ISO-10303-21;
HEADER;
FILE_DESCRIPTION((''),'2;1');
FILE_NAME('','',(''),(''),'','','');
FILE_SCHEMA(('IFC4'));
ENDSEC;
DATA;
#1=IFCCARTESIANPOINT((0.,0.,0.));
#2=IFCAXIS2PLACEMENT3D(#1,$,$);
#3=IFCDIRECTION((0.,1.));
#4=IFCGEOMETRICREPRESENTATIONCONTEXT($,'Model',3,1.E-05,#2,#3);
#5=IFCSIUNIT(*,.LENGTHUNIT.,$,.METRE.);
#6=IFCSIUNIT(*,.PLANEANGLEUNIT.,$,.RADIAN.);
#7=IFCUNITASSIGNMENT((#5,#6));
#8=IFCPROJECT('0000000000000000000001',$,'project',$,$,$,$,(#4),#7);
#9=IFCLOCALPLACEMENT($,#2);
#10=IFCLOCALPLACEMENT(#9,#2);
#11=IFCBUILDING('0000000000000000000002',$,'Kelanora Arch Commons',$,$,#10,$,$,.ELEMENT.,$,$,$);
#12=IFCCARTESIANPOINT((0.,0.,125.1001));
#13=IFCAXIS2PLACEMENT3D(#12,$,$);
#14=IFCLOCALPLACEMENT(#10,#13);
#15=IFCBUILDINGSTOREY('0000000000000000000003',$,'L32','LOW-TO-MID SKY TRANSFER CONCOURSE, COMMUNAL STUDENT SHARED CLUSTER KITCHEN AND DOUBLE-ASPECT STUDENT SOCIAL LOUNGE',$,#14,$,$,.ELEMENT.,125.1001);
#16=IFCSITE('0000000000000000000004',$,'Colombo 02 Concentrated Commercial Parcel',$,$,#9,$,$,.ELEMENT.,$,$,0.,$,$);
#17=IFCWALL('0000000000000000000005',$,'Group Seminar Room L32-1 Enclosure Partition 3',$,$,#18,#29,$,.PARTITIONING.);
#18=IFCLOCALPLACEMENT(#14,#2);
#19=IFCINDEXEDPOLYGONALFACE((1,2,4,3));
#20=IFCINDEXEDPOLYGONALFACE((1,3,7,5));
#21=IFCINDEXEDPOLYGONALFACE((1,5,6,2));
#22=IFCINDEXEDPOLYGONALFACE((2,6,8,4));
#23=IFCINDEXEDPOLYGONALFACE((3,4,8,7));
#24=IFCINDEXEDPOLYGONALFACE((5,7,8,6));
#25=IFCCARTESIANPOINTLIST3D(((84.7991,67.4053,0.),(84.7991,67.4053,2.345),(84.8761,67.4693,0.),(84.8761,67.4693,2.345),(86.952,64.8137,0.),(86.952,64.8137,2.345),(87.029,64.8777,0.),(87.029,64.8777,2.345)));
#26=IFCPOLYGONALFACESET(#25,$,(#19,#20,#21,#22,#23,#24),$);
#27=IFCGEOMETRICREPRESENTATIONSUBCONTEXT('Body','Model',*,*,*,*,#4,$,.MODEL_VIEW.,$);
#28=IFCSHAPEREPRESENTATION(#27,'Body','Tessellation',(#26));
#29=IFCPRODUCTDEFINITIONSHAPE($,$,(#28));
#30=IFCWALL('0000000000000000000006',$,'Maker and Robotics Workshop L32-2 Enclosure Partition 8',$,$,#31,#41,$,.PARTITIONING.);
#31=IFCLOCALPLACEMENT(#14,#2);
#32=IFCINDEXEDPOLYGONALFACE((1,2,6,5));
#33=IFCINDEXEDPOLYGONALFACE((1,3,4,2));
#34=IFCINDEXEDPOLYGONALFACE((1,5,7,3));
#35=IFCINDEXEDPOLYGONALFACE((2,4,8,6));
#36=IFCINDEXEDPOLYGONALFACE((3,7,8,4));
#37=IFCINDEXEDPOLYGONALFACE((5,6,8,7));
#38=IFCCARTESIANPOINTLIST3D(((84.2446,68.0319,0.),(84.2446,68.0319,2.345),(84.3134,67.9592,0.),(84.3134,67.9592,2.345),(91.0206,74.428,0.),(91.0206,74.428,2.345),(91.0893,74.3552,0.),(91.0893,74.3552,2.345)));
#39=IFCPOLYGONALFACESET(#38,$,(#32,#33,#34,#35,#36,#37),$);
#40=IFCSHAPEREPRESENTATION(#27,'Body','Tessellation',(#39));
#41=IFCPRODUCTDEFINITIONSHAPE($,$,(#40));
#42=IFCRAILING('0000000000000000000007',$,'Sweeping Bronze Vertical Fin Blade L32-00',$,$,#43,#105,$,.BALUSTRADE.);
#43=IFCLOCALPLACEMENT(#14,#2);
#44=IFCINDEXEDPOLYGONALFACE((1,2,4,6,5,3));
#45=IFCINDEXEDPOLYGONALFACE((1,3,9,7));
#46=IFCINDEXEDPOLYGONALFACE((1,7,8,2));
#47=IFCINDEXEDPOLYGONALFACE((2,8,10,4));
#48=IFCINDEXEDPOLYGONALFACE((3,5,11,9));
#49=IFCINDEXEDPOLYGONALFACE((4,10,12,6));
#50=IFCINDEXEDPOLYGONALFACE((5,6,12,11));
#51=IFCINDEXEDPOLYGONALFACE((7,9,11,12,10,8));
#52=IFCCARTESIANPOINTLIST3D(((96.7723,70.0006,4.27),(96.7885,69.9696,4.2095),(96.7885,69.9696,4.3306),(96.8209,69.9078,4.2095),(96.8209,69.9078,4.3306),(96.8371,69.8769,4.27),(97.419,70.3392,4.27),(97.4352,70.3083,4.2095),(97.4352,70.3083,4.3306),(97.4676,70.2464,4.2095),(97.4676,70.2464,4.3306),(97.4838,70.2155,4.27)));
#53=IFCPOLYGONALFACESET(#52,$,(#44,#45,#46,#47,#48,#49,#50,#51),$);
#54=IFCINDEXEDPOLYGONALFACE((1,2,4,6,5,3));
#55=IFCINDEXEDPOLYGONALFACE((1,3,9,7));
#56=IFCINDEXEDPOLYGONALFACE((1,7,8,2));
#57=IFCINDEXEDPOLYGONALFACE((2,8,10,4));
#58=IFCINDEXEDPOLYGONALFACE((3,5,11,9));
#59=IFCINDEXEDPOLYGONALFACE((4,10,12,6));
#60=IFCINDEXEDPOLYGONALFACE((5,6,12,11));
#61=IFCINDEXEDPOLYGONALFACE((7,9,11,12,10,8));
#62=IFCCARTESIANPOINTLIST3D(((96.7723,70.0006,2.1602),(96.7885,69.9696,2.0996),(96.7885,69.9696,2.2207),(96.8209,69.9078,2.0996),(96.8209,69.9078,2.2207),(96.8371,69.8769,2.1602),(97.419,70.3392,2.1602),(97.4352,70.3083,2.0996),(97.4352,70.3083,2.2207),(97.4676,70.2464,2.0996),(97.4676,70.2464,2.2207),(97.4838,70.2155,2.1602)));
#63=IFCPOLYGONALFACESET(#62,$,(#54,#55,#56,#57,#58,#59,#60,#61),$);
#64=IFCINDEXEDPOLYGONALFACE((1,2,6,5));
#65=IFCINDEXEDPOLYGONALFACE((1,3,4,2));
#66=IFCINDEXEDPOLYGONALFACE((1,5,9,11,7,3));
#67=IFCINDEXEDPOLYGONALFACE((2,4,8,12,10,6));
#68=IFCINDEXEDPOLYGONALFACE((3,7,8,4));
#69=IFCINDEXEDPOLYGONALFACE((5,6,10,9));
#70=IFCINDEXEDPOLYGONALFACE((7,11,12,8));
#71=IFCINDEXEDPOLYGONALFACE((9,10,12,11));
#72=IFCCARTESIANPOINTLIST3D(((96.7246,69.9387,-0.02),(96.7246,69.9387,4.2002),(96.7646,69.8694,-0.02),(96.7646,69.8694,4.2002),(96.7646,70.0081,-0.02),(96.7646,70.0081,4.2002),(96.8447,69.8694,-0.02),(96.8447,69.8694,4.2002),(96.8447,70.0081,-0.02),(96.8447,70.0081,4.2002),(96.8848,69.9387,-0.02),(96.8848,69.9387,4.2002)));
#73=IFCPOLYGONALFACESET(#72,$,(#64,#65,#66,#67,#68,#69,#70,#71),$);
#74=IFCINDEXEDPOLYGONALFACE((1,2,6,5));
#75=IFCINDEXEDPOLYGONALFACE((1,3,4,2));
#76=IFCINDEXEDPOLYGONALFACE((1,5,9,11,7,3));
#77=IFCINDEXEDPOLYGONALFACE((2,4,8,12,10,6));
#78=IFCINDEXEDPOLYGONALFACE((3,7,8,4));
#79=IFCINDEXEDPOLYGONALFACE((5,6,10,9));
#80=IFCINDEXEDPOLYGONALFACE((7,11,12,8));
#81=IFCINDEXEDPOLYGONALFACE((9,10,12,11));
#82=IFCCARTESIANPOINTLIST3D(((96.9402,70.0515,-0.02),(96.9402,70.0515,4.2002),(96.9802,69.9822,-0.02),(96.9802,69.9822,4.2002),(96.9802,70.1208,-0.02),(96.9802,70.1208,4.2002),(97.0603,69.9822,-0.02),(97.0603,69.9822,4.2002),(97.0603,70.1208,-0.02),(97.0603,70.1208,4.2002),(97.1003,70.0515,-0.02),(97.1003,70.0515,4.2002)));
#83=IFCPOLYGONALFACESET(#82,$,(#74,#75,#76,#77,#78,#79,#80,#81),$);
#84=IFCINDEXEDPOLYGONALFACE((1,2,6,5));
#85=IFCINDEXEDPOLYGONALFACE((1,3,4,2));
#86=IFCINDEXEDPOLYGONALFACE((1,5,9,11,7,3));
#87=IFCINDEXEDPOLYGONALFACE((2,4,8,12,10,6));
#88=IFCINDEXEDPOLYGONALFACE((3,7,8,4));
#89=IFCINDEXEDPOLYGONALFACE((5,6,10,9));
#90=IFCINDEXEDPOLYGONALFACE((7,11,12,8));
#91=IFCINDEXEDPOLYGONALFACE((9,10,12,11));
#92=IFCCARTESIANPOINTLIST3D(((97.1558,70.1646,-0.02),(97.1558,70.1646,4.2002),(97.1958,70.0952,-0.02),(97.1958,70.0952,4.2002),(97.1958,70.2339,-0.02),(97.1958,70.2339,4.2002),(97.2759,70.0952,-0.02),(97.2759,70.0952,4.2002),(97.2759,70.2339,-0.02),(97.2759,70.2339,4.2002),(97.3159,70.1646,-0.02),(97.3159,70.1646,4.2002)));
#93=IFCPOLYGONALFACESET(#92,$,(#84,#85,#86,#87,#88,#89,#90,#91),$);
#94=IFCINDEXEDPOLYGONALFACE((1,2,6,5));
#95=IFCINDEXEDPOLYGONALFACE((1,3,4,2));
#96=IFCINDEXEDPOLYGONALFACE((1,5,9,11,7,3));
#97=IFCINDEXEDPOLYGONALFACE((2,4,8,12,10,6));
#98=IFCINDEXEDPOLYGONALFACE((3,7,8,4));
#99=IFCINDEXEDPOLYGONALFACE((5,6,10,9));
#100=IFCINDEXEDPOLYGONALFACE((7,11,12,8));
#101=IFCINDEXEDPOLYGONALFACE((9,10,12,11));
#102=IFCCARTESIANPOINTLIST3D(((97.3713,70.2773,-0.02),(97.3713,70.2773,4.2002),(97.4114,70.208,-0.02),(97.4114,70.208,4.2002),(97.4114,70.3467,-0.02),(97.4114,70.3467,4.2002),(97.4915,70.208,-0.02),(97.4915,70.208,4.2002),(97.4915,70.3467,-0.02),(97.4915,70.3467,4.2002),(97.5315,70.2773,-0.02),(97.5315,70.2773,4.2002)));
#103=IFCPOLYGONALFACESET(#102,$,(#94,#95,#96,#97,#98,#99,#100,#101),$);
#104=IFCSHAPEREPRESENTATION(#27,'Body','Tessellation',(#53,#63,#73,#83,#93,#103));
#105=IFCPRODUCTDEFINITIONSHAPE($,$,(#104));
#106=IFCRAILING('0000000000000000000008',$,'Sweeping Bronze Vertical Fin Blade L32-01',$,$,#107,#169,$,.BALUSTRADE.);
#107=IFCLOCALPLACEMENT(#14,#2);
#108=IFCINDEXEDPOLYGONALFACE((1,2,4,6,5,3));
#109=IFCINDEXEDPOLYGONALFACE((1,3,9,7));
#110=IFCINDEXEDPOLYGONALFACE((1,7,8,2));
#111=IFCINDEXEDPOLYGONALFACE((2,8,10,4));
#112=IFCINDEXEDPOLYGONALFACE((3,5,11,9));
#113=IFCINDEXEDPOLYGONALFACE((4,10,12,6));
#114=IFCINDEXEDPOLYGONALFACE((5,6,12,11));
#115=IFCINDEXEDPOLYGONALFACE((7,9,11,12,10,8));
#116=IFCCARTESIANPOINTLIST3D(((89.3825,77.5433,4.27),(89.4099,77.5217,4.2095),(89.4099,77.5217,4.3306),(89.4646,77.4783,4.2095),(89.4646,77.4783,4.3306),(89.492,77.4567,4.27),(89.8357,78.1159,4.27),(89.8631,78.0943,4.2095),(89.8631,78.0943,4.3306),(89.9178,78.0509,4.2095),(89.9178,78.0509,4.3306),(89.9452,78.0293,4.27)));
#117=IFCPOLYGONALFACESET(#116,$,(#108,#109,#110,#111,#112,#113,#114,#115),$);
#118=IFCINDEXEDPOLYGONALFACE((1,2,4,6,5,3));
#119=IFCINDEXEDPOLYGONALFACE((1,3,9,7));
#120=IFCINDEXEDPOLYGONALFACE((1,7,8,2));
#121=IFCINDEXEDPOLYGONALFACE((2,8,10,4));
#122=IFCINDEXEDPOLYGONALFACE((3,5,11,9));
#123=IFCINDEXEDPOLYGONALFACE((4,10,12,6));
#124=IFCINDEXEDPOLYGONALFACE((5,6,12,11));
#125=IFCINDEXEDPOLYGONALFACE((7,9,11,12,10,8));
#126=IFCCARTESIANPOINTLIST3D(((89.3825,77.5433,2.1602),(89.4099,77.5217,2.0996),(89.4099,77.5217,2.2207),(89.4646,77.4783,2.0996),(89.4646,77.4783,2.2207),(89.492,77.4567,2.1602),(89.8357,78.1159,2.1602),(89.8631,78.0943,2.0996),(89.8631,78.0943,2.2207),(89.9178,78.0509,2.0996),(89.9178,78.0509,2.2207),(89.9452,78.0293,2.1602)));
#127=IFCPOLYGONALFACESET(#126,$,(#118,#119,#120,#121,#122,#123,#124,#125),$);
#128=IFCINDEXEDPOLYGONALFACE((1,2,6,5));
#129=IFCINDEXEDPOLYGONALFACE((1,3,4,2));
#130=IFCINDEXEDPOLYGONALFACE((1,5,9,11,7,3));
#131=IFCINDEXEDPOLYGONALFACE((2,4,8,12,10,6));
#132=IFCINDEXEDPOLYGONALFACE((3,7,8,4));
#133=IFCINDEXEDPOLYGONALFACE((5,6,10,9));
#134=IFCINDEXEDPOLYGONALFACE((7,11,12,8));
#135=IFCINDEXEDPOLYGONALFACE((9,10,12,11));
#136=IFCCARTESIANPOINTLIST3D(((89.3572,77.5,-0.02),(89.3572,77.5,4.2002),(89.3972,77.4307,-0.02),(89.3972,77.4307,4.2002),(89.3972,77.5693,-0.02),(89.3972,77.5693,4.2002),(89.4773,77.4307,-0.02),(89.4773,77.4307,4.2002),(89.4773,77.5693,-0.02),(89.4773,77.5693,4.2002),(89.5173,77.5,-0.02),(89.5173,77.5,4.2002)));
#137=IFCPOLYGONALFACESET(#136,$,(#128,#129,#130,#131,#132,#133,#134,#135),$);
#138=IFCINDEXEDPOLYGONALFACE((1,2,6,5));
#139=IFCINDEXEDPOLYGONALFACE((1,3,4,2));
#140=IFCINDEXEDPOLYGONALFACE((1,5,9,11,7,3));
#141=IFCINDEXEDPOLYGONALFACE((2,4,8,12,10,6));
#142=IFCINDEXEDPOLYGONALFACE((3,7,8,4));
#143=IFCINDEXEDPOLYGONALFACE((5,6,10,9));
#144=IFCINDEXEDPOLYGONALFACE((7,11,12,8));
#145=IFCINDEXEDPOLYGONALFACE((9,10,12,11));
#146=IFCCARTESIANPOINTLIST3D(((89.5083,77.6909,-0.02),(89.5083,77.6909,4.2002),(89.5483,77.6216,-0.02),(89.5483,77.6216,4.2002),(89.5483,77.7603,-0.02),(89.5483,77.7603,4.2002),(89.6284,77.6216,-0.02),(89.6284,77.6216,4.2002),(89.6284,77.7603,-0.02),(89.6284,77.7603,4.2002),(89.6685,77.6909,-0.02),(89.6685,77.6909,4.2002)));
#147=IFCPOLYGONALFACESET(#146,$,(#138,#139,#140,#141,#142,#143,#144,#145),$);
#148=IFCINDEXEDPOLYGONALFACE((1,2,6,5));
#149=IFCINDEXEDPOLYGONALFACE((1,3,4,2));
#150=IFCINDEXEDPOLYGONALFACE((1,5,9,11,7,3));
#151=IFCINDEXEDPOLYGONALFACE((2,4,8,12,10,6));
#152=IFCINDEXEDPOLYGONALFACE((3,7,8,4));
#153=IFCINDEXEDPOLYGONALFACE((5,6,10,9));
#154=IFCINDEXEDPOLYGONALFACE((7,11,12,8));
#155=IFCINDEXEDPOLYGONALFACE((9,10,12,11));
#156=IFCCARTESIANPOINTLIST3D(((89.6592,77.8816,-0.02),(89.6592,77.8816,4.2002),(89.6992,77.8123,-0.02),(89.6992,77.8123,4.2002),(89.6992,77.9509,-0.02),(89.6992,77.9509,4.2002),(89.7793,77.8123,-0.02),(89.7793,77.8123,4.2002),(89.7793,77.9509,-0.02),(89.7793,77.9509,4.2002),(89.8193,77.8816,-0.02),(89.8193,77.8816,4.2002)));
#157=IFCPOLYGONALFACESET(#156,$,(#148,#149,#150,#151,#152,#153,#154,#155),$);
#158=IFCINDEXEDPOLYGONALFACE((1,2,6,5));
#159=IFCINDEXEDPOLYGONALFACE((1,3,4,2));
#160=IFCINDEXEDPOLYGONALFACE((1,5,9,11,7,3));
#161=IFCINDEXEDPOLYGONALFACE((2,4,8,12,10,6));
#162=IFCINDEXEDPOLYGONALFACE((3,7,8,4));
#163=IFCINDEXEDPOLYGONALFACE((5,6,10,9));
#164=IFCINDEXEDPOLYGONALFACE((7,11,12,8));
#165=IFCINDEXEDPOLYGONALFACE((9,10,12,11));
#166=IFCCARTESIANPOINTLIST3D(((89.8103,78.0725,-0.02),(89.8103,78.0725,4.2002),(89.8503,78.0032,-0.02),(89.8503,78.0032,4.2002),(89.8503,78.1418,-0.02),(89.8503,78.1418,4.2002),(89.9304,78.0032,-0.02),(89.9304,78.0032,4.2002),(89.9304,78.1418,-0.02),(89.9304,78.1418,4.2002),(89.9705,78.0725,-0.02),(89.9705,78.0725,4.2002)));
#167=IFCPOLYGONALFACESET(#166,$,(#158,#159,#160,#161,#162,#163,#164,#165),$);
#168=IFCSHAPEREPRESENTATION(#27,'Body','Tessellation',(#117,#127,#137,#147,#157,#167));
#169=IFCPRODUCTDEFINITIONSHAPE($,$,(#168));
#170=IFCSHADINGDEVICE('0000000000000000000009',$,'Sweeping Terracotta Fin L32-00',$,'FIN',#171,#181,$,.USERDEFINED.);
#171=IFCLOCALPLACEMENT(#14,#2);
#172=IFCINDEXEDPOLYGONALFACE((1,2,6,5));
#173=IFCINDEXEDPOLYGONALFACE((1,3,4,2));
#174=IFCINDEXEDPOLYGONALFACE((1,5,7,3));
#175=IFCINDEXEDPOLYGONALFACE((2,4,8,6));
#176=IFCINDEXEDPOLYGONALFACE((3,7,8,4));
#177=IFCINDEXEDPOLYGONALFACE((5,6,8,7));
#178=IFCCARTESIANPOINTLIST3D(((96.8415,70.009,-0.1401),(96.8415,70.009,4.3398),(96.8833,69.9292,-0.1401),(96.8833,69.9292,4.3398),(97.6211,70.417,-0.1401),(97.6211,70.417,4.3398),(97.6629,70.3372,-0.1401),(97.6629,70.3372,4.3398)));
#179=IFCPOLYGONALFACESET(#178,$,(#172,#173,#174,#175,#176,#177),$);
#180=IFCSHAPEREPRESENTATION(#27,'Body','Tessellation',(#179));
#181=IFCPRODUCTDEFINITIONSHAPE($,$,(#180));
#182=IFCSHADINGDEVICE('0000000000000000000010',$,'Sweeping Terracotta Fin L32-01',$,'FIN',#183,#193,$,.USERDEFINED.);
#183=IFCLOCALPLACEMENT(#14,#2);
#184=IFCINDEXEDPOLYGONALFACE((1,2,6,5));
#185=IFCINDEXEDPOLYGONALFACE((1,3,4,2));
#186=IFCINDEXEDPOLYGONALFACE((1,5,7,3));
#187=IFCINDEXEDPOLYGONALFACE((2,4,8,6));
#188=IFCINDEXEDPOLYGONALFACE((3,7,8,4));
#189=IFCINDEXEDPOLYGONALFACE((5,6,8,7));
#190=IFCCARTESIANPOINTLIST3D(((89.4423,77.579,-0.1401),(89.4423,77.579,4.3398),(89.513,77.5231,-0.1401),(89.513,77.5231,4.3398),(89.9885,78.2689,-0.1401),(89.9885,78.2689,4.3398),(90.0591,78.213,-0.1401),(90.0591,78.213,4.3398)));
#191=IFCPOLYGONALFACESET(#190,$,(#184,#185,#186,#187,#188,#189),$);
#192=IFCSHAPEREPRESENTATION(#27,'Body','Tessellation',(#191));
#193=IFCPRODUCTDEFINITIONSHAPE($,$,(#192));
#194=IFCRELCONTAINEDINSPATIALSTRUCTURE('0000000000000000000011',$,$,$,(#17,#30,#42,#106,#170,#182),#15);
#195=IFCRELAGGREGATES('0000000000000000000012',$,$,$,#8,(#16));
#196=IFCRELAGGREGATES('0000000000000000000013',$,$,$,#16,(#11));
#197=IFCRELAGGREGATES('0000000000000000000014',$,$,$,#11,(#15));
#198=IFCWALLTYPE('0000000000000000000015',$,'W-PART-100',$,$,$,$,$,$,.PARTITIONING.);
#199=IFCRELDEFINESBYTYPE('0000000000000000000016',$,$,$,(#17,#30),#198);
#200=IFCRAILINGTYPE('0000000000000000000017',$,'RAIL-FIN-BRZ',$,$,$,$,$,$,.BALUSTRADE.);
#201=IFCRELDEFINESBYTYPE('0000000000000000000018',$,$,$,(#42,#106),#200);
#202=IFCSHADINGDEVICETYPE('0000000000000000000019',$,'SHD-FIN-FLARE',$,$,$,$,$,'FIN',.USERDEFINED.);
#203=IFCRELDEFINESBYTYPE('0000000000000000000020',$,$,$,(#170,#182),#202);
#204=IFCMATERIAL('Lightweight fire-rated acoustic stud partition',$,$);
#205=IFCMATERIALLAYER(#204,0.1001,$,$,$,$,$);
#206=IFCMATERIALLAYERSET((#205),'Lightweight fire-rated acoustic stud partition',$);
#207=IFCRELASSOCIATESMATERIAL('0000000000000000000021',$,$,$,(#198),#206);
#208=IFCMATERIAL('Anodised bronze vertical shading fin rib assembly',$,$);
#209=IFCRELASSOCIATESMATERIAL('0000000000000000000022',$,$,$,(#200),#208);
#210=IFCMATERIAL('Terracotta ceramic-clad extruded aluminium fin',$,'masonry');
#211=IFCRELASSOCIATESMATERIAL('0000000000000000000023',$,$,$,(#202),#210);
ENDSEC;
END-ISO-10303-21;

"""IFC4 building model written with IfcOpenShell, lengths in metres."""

from ifc_helpers import new_model, si_unit, direction, frame, frame_2d, origin, origin_2d, place, context, subcontext, project, spatial, polyline, rectangle, outline, extrude, source, transform, mapped, material, layer, layer_set, type_object, element, save


model = new_model("IFC4")

# Units and contexts
model_context = context("Model", 3, precision=1e-05, world=origin(), true_north=direction((0.0, 1.0)))
body_context = subcontext(model_context, "Body", "Model", "MODEL_VIEW")
ifc_project = project(units=[si_unit("LENGTHUNIT", "METRE"), si_unit("PLANEANGLEUNIT", "RADIAN")], contexts=[model_context])

# Site, building, storey
site_placement = place(None, origin())
site = spatial("IfcSite", under=ifc_project, at=site_placement, Name="Colombo 02 Concentrated Commercial Parcel", CompositionType="ELEMENT", RefElevation=0.0)
building_placement = place(site_placement, origin())
building = spatial("IfcBuilding", under=site, at=building_placement, Name="Kelanora Arch Commons", CompositionType="ELEMENT")
storey_placement = place(building_placement, frame((0.0, 0.0, 125.1001)))
storey = spatial("IfcBuildingStorey", under=building, at=storey_placement, Name="L32", Description="LOW-TO-MID SKY TRANSFER CONCOURSE, COMMUNAL STUDENT SHARED CLUSTER KITCHEN AND DOUBLE-ASPECT STUDENT SOCIAL LOUNGE", CompositionType="ELEMENT", Elevation=125.1001)

# Walls
ifc_material_1 = material(Name="Lightweight fire-rated acoustic stud partition")
ifc_layer_1 = layer(ifc_material_1, 0.1001)
ifc_layer_set_1 = layer_set([ifc_layer_1], Name="Lightweight fire-rated acoustic stud partition")
wall_type_1 = type_object("IfcWallType", Name="W-PART-100", PredefinedType="PARTITIONING", material=ifc_layer_set_1)
wall_1_placement = place(storey_placement, frame((86.9905, 64.8457, 0.0), z_axis=(0.0, 0.0, 1.0), x_axis=(-0.638993, 0.769212, 0.0)))
element("IfcWall", 1, at=wall_1_placement, inside=storey, type_object=wall_type_1, Name="Group Seminar Room L32-1 Enclosure Partition 3", PredefinedType="PARTITIONING", context=body_context, shape_type="SweptSolid", body=[
    extrude(rectangle(XDim=3.3691, YDim=0.1001, at=frame_2d((1.6846, 0.0))), origin(), (0.0, 0.0, 1.0), 2.345),
])
wall_2_placement = place(storey_placement, frame((91.0549, 74.3916, 0.0), z_axis=(0.0, 0.0, 1.0), x_axis=(-0.727198, -0.686428, 0.0)))
element("IfcWall", 2, at=wall_2_placement, inside=storey, type_object=wall_type_1, Name="Maker and Robotics Workshop L32-2 Enclosure Partition 8", PredefinedType="PARTITIONING", context=body_context, shape_type="SweptSolid", body=[
    extrude(rectangle(XDim=9.3179, YDim=0.1001, at=frame_2d((4.6589, 0.0))), origin(), (0.0, 0.0, 1.0), 2.345),
])

# Railings
ifc_material_2 = material(Name="Anodised bronze vertical shading fin rib assembly")
railing_type = type_object("IfcRailingType", Name="RAIL-FIN-BRZ", PredefinedType="BALUSTRADE", material=ifc_material_2)
railing_1_placement = place(storey_placement, frame((96.8047, 69.9387, -0.02)))
element("IfcRailing", 3, at=railing_1_placement, inside=storey, type_object=railing_type, Name="Sweeping Bronze Vertical Fin Blade L32-00", PredefinedType="BALUSTRADE", context=body_context, shape_type="SweptSolid", body=[
    extrude(outline(polyline([(0.0698, 0.0), (0.0349, 0.0605), (-0.0349, 0.0605), (-0.0698, 0.0), (-0.0349, -0.0605), (0.0349, -0.0605), (0.0698, 0.0)])), frame((0.0, 0.0, 4.29), z_axis=(0.88591, 0.463857, 0.0), x_axis=(-0.463857, 0.88591, 0.0)), (0.0, 0.0, 1.0), 0.73),
    extrude(outline(polyline([(0.0698, 0.0), (0.0349, 0.0605), (-0.0349, 0.0605), (-0.0698, 0.0), (-0.0349, -0.0605), (0.0349, -0.0605), (0.0698, 0.0)])), frame((0.0, 0.0, 2.1802), z_axis=(0.88591, 0.463857, 0.0), x_axis=(-0.463857, 0.88591, 0.0)), (0.0, 0.0, 1.0), 0.73),
    extrude(outline(polyline([(0.0801, 0.0), (0.04, 0.0693), (-0.04, 0.0693), (-0.0801, 0.0), (-0.04, -0.0693), (0.04, -0.0693), (0.0801, 0.0)])), origin(), (0.0, 0.0, 1.0), 4.2202),
    extrude(outline(polyline([(0.0801, 0.0), (0.04, 0.0693), (-0.04, 0.0693), (-0.0801, 0.0), (-0.04, -0.0693), (0.04, -0.0693), (0.0801, 0.0)])), frame((0.2156, 0.1128, 0.0)), (0.0, 0.0, 1.0), 4.2202),
    extrude(outline(polyline([(0.0801, 0.0), (0.04, 0.0693), (-0.04, 0.0693), (-0.0801, 0.0), (-0.04, -0.0693), (0.04, -0.0693), (0.0801, 0.0)])), frame((0.4312, 0.2258, 0.0)), (0.0, 0.0, 1.0), 4.2202),
    extrude(outline(polyline([(0.0801, 0.0), (0.04, 0.0693), (-0.04, 0.0693), (-0.0801, 0.0), (-0.04, -0.0693), (0.04, -0.0693), (0.0801, 0.0)])), frame((0.6467, 0.3386, 0.0)), (0.0, 0.0, 1.0), 4.2202),
])
railing_2_placement = place(storey_placement, frame((89.4373, 77.5, -0.02)))
element("IfcRailing", 4, at=railing_2_placement, inside=storey, type_object=railing_type, Name="Sweeping Bronze Vertical Fin Blade L32-01", PredefinedType="BALUSTRADE", context=body_context, shape_type="SweptSolid", body=[
    extrude(outline(polyline([(0.0698, 0.0), (0.0349, 0.0605), (-0.0349, 0.0605), (-0.0698, 0.0), (-0.0349, -0.0605), (0.0349, -0.0605), (0.0698, 0.0)])), frame((0.0, 0.0, 4.29), z_axis=(0.620609, 0.78412, 0.0), x_axis=(-0.78412, 0.620609, 0.0)), (0.0, 0.0, 1.0), 0.7302),
    extrude(outline(polyline([(0.0698, 0.0), (0.0349, 0.0605), (-0.0349, 0.0605), (-0.0698, 0.0), (-0.0349, -0.0605), (0.0349, -0.0605), (0.0698, 0.0)])), frame((0.0, 0.0, 2.1802), z_axis=(0.620609, 0.78412, 0.0), x_axis=(-0.78412, 0.620609, 0.0)), (0.0, 0.0, 1.0), 0.7302),
    extrude(outline(polyline([(0.0801, 0.0), (0.04, 0.0693), (-0.04, 0.0693), (-0.0801, 0.0), (-0.04, -0.0693), (0.04, -0.0693), (0.0801, 0.0)])), origin(), (0.0, 0.0, 1.0), 4.2202),
    extrude(outline(polyline([(0.0801, 0.0), (0.04, 0.0693), (-0.04, 0.0693), (-0.0801, 0.0), (-0.04, -0.0693), (0.04, -0.0693), (0.0801, 0.0)])), frame((0.1511, 0.1909, 0.0)), (0.0, 0.0, 1.0), 4.2202),
    extrude(outline(polyline([(0.0801, 0.0), (0.04, 0.0693), (-0.04, 0.0693), (-0.0801, 0.0), (-0.04, -0.0693), (0.04, -0.0693), (0.0801, 0.0)])), frame((0.302, 0.3816, 0.0)), (0.0, 0.0, 1.0), 4.2202),
    extrude(outline(polyline([(0.0801, 0.0), (0.04, 0.0693), (-0.04, 0.0693), (-0.0801, 0.0), (-0.04, -0.0693), (0.04, -0.0693), (0.0801, 0.0)])), frame((0.4531, 0.5725, 0.0)), (0.0, 0.0, 1.0), 4.2202),
])

# Shading devices
ifc_material_3 = material(Name="Terracotta ceramic-clad extruded aluminium fin", Category="masonry")
shading_device_type = type_object("IfcShadingDeviceType", Name="SHD-FIN-FLARE", ElementType="FIN", PredefinedType="USERDEFINED", material=ifc_material_3)
shared_shape_1 = source(origin(), body_context, "Body", "SweptSolid", [
    extrude(rectangle(XDim=0.8799, YDim=0.0901, at=origin_2d()), origin(), (0.0, 0.0, 1.0), 4.48),
])
for number, where, z_axis, x_axis, name in (
    (5, (97.2522, 70.1731, -0.1401), (0.0, 0.0, 1.0), (0.885961, 0.46376, 0.0), "Sweeping Terracotta Fin L32-00"),
    (6, (89.7507, 77.896, -0.1401), (0.0, 0.0, 1.0), (0.620737, 0.784019, 0.0), "Sweeping Terracotta Fin L32-01"),
):
    element("IfcShadingDevice", number, at=place(storey_placement, frame(where, z_axis=z_axis, x_axis=x_axis)), inside=storey, type_object=shading_device_type, Name=name, ObjectType="FIN", PredefinedType="USERDEFINED", context=body_context, shape_type="MappedRepresentation", body=[
        mapped(shared_shape_1, transform((0.0, 0.0, 0.0), scale=1.0)),
    ])

save(model, "model.ifc")
